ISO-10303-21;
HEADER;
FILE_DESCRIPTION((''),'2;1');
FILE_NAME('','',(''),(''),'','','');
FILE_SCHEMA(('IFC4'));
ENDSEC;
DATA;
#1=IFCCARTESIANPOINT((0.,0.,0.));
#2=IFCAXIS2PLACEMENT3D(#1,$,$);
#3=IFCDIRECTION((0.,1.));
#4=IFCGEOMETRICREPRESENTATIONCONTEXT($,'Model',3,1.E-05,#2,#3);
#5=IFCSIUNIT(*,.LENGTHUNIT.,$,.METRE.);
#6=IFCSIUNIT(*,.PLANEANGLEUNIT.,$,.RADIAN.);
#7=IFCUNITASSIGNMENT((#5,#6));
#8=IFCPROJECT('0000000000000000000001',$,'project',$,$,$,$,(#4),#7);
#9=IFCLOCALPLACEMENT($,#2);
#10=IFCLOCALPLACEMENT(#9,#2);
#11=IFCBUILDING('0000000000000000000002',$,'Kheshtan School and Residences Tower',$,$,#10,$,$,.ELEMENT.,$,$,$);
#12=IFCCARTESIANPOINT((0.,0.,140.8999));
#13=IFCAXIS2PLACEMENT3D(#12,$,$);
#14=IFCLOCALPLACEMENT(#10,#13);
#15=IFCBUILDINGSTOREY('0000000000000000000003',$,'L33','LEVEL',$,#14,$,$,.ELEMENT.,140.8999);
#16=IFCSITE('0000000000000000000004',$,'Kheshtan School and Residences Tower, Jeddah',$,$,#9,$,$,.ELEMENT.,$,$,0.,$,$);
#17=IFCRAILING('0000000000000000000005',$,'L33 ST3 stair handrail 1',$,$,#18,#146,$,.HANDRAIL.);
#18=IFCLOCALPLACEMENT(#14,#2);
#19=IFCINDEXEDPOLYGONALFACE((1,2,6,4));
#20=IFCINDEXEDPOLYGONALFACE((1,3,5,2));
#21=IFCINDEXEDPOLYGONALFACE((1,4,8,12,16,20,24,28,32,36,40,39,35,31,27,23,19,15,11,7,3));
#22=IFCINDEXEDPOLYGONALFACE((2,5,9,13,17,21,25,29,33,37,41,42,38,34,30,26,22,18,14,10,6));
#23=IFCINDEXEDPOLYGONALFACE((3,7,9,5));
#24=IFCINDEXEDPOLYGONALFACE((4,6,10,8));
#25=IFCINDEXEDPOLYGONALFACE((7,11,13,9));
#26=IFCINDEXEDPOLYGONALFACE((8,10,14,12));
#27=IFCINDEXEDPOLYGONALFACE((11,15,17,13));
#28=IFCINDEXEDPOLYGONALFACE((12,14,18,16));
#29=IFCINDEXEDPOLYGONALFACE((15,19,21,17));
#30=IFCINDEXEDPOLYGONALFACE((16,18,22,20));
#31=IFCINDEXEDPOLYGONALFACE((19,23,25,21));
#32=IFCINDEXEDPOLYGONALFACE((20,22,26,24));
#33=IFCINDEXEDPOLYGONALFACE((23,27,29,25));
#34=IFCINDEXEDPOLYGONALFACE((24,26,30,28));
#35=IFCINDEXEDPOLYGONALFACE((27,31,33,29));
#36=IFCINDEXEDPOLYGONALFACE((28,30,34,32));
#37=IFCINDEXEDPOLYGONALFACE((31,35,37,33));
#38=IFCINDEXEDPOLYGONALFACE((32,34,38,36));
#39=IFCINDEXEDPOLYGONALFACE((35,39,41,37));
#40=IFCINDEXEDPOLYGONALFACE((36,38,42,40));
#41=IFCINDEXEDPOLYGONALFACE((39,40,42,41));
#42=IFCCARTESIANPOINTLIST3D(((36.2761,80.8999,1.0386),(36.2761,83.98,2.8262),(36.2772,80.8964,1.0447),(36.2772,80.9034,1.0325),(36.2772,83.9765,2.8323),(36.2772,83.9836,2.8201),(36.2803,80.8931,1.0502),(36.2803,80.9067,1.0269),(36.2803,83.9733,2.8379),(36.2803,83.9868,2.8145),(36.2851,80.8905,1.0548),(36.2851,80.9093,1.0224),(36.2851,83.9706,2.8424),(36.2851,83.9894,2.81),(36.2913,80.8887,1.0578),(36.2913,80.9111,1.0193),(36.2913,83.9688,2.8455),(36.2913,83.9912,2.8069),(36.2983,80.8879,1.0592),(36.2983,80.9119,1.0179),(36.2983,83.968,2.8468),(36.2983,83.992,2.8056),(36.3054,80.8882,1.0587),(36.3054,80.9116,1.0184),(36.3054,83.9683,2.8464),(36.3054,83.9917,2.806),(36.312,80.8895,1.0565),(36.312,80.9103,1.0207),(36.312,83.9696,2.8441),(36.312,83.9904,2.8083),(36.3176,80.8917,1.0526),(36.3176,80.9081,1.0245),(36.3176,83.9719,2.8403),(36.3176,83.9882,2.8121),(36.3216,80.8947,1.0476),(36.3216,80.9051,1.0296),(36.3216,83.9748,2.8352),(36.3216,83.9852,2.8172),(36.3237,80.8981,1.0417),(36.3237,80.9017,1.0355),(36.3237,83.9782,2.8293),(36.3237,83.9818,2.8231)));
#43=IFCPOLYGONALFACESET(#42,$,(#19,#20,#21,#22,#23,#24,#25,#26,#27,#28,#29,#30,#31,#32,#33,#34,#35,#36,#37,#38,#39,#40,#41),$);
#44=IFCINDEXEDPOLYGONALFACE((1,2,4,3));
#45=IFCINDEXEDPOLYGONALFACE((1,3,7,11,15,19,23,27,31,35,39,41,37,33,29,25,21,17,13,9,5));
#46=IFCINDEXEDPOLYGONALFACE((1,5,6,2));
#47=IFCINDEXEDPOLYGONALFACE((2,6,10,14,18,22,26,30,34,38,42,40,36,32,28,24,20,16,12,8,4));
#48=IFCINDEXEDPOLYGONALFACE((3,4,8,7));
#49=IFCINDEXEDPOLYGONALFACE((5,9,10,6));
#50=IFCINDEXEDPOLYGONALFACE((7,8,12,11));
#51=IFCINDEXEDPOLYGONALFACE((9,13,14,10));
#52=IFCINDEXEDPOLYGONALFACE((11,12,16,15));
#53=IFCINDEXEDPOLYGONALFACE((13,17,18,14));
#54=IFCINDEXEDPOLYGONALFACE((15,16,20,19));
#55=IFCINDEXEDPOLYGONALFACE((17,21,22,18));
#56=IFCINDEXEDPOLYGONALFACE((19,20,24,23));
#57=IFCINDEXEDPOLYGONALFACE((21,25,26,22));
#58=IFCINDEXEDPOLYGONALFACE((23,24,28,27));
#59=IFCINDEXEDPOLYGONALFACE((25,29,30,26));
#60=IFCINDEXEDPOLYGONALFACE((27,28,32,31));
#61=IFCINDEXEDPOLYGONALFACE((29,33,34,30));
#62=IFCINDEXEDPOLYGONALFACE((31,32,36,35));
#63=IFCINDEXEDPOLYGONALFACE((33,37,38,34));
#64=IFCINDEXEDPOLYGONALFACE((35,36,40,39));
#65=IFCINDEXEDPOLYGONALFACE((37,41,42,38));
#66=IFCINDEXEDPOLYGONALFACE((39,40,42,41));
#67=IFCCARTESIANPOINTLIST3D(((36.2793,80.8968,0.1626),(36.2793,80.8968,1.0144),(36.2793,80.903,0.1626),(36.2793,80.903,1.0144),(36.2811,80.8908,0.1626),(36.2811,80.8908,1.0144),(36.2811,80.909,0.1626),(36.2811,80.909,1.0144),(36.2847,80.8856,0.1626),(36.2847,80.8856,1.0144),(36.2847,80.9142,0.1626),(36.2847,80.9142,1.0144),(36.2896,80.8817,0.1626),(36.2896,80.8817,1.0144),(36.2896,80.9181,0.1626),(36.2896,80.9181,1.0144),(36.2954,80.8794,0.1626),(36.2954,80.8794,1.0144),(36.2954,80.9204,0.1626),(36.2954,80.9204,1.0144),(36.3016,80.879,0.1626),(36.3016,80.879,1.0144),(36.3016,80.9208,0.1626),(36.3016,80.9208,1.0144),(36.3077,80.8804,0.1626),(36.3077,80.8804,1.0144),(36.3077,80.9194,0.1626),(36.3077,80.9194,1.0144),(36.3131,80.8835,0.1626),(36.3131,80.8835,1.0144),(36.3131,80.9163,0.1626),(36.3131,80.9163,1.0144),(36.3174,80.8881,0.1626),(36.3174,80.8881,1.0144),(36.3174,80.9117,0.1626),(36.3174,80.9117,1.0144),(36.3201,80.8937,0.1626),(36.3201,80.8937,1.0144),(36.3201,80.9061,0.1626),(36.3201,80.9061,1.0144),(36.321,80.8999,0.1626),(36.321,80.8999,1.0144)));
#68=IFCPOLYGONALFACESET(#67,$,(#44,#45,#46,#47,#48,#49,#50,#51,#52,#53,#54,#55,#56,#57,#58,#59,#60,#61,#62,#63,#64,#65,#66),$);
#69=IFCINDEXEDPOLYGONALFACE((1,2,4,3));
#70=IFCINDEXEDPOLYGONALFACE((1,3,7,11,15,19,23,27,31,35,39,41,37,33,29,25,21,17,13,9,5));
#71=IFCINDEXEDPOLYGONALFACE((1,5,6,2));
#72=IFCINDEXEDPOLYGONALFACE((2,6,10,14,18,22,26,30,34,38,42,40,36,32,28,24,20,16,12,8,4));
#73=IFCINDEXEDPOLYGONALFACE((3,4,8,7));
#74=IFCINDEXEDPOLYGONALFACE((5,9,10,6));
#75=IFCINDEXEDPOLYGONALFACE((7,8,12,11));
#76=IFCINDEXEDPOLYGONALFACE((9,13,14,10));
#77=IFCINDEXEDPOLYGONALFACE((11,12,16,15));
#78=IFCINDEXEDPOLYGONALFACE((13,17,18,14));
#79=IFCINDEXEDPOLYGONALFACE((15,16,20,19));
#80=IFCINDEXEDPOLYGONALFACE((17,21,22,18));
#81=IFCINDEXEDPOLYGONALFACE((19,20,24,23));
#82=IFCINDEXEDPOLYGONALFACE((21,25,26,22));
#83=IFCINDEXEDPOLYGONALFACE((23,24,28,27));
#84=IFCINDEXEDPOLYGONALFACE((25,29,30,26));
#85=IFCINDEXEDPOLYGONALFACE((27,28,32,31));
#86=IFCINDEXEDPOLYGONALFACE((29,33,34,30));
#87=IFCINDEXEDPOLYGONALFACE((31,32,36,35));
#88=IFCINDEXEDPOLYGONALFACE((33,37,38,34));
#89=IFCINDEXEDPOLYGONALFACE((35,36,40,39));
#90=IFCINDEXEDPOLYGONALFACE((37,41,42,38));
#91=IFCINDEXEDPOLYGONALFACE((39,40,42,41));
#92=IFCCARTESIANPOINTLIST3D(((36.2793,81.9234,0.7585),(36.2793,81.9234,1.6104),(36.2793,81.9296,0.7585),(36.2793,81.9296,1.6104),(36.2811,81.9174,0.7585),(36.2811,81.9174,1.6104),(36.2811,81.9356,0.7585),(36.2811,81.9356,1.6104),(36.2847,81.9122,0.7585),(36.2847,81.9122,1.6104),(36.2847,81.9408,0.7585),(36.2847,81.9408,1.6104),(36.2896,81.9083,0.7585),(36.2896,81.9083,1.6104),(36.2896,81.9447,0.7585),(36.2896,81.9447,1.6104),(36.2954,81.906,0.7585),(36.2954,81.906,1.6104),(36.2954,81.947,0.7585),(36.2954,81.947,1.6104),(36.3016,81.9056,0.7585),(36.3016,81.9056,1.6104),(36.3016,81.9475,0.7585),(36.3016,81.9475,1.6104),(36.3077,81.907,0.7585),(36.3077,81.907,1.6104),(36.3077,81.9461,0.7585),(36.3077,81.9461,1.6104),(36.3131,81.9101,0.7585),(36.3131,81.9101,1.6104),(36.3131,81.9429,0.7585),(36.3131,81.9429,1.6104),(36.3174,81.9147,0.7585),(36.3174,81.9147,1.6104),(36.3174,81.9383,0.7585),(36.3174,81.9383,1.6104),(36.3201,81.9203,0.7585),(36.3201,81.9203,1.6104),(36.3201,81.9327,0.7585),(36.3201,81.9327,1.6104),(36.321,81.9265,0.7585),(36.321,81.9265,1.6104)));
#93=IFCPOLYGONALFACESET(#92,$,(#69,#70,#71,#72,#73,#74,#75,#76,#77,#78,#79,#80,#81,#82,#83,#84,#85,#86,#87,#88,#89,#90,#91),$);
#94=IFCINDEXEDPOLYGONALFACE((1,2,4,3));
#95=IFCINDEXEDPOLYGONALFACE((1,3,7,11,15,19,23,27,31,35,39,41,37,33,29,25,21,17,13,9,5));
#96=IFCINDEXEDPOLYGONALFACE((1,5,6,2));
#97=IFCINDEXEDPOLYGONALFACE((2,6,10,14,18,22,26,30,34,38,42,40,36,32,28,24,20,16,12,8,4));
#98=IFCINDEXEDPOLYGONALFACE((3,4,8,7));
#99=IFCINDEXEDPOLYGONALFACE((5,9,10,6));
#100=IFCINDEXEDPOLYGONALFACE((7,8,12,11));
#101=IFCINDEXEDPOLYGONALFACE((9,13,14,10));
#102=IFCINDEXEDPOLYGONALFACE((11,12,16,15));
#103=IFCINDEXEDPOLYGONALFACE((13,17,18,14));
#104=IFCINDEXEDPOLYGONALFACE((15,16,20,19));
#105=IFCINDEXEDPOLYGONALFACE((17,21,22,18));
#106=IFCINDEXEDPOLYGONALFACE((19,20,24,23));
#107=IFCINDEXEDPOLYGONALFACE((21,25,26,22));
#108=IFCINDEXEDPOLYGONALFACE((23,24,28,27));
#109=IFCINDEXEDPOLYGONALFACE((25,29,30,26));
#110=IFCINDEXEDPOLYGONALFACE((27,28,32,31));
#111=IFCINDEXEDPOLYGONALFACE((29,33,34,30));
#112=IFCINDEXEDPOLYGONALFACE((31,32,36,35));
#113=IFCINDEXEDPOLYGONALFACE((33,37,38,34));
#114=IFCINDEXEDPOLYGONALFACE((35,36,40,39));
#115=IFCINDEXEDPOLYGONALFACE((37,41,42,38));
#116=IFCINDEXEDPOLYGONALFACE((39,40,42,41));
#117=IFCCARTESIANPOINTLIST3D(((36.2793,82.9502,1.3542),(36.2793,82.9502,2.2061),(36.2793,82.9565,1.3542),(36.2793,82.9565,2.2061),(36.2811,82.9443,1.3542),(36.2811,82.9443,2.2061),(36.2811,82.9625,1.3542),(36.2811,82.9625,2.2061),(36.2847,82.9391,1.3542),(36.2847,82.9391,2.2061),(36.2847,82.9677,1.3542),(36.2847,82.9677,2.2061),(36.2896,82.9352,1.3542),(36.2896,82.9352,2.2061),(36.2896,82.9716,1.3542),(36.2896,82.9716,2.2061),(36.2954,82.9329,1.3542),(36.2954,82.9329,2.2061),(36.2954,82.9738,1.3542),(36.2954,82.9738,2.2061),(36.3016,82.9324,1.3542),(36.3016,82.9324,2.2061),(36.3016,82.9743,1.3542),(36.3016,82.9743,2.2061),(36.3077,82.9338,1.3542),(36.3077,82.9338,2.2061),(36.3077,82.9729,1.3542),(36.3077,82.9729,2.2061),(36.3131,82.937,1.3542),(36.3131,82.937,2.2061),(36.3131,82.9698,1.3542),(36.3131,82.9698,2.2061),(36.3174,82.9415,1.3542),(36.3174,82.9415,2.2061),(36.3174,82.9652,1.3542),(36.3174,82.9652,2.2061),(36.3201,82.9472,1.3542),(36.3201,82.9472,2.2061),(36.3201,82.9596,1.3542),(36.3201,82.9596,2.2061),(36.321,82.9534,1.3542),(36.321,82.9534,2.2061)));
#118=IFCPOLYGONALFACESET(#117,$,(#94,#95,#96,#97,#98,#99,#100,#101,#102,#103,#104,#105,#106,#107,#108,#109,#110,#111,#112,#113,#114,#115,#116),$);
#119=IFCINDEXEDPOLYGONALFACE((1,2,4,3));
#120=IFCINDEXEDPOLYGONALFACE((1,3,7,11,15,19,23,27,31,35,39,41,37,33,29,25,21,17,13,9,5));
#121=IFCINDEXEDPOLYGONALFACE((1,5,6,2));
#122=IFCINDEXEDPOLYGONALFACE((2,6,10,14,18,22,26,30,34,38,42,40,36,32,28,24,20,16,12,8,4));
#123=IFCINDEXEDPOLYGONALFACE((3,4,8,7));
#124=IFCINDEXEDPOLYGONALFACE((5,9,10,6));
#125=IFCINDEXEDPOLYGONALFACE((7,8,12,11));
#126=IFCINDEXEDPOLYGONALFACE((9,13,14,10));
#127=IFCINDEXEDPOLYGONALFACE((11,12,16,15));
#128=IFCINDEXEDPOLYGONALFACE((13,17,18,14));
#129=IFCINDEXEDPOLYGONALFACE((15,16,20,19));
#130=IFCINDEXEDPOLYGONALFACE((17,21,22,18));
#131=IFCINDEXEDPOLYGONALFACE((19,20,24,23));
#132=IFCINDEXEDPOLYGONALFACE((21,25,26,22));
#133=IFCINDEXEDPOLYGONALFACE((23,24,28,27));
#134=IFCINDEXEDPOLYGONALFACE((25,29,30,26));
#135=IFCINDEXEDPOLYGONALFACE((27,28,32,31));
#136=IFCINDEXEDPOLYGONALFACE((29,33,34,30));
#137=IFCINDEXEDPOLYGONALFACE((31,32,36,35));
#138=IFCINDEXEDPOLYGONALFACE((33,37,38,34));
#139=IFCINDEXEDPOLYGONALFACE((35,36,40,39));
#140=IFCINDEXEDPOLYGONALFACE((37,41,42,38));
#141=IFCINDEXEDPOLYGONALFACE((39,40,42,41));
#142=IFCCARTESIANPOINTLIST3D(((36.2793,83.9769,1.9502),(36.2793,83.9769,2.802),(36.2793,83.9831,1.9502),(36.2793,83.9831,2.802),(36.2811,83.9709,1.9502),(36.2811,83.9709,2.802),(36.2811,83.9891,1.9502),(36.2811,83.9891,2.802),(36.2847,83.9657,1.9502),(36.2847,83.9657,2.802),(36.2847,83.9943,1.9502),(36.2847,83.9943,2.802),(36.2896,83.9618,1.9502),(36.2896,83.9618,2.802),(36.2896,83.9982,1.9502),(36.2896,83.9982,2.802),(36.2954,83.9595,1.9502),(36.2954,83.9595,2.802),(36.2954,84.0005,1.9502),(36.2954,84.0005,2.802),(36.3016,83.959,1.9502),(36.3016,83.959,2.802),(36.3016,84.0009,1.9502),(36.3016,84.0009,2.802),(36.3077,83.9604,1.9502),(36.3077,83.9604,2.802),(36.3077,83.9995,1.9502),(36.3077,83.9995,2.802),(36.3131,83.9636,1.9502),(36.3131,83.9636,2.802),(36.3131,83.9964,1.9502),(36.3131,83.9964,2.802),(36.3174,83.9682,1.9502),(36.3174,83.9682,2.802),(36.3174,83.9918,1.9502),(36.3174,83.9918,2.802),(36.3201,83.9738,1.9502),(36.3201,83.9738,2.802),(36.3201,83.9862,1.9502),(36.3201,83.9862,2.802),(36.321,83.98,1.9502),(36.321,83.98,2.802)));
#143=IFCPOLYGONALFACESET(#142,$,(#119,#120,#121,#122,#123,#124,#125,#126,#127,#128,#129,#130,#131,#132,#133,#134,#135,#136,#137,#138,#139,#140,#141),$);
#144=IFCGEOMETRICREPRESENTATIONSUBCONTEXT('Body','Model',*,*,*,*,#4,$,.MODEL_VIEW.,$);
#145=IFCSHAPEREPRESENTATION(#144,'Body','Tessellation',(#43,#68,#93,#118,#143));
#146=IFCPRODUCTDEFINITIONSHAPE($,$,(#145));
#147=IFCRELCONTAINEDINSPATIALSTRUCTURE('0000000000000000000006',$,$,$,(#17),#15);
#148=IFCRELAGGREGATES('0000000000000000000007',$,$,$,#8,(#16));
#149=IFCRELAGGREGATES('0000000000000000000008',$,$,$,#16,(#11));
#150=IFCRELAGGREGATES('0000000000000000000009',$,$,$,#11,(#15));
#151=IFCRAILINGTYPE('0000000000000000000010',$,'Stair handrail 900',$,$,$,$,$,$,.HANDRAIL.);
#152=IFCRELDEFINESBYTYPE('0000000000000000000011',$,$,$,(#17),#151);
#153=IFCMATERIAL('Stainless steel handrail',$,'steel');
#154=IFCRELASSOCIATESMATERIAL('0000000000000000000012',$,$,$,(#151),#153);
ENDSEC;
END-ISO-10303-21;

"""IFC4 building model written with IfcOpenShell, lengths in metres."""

from ifc_helpers import new_model, si_unit, direction, frame, origin, origin_2d, place, context, subcontext, project, spatial, circle, extrude, material, type_object, element, save


model = new_model("IFC4")

# Units and contexts
model_context = context("Model", 3, precision=1e-05, world=origin(), true_north=direction((0.0, 1.0)))
body_context = subcontext(model_context, "Body", "Model", "MODEL_VIEW")
ifc_project = project(units=[si_unit("LENGTHUNIT", "METRE"), si_unit("PLANEANGLEUNIT", "RADIAN")], contexts=[model_context])

# Site, building, storey
site_placement = place(None, origin())
site = spatial("IfcSite", under=ifc_project, at=site_placement, Name="Kheshtan School and Residences Tower, Jeddah", CompositionType="ELEMENT", RefElevation=0.0)
building_placement = place(site_placement, origin())
building = spatial("IfcBuilding", under=site, at=building_placement, Name="Kheshtan School and Residences Tower", CompositionType="ELEMENT")
storey_placement = place(building_placement, frame((0.0, 0.0, 140.8999)))
storey = spatial("IfcBuildingStorey", under=building, at=storey_placement, Name="L33", Description="LEVEL", CompositionType="ELEMENT", Elevation=140.8999)

# Railing
ifc_material_1 = material(Name="Stainless steel handrail", Category="steel")
railing_type_1 = type_object("IfcRailingType", Name="Stair handrail 900", PredefinedType="HANDRAIL", material=ifc_material_1)
railing_1_placement = place(storey_placement, frame((36.3, 80.8999, 0.1626)))
element("IfcRailing", 1, at=railing_1_placement, inside=storey, type_object=railing_type_1, Name="L33 ST3 stair handrail 1", PredefinedType="HANDRAIL", context=body_context, shape_type="SweptSolid", body=[
    extrude(circle(Radius=0.0239, at=origin_2d()), frame((0.0, 0.0, 0.876), z_axis=(0.0, 0.864891, 0.50196), x_axis=(-1.0, 0.0, 0.0)), (0.0, 0.0, 1.0), 3.5613),
    extrude(circle(Radius=0.021, at=origin_2d()), origin(), (0.0, 0.0, 1.0), 0.8518),
    extrude(circle(Radius=0.021, at=origin_2d()), frame((0.0, 1.0266, 0.5959)), (0.0, 0.0, 1.0), 0.8518),
    extrude(circle(Radius=0.021, at=origin_2d()), frame((0.0, 2.0535, 1.1917)), (0.0, 0.0, 1.0), 0.8518),
    extrude(circle(Radius=0.021, at=origin_2d()), frame((0.0, 3.0801, 1.7876)), (0.0, 0.0, 1.0), 0.8518),
])

save(model, "model.ifc")
